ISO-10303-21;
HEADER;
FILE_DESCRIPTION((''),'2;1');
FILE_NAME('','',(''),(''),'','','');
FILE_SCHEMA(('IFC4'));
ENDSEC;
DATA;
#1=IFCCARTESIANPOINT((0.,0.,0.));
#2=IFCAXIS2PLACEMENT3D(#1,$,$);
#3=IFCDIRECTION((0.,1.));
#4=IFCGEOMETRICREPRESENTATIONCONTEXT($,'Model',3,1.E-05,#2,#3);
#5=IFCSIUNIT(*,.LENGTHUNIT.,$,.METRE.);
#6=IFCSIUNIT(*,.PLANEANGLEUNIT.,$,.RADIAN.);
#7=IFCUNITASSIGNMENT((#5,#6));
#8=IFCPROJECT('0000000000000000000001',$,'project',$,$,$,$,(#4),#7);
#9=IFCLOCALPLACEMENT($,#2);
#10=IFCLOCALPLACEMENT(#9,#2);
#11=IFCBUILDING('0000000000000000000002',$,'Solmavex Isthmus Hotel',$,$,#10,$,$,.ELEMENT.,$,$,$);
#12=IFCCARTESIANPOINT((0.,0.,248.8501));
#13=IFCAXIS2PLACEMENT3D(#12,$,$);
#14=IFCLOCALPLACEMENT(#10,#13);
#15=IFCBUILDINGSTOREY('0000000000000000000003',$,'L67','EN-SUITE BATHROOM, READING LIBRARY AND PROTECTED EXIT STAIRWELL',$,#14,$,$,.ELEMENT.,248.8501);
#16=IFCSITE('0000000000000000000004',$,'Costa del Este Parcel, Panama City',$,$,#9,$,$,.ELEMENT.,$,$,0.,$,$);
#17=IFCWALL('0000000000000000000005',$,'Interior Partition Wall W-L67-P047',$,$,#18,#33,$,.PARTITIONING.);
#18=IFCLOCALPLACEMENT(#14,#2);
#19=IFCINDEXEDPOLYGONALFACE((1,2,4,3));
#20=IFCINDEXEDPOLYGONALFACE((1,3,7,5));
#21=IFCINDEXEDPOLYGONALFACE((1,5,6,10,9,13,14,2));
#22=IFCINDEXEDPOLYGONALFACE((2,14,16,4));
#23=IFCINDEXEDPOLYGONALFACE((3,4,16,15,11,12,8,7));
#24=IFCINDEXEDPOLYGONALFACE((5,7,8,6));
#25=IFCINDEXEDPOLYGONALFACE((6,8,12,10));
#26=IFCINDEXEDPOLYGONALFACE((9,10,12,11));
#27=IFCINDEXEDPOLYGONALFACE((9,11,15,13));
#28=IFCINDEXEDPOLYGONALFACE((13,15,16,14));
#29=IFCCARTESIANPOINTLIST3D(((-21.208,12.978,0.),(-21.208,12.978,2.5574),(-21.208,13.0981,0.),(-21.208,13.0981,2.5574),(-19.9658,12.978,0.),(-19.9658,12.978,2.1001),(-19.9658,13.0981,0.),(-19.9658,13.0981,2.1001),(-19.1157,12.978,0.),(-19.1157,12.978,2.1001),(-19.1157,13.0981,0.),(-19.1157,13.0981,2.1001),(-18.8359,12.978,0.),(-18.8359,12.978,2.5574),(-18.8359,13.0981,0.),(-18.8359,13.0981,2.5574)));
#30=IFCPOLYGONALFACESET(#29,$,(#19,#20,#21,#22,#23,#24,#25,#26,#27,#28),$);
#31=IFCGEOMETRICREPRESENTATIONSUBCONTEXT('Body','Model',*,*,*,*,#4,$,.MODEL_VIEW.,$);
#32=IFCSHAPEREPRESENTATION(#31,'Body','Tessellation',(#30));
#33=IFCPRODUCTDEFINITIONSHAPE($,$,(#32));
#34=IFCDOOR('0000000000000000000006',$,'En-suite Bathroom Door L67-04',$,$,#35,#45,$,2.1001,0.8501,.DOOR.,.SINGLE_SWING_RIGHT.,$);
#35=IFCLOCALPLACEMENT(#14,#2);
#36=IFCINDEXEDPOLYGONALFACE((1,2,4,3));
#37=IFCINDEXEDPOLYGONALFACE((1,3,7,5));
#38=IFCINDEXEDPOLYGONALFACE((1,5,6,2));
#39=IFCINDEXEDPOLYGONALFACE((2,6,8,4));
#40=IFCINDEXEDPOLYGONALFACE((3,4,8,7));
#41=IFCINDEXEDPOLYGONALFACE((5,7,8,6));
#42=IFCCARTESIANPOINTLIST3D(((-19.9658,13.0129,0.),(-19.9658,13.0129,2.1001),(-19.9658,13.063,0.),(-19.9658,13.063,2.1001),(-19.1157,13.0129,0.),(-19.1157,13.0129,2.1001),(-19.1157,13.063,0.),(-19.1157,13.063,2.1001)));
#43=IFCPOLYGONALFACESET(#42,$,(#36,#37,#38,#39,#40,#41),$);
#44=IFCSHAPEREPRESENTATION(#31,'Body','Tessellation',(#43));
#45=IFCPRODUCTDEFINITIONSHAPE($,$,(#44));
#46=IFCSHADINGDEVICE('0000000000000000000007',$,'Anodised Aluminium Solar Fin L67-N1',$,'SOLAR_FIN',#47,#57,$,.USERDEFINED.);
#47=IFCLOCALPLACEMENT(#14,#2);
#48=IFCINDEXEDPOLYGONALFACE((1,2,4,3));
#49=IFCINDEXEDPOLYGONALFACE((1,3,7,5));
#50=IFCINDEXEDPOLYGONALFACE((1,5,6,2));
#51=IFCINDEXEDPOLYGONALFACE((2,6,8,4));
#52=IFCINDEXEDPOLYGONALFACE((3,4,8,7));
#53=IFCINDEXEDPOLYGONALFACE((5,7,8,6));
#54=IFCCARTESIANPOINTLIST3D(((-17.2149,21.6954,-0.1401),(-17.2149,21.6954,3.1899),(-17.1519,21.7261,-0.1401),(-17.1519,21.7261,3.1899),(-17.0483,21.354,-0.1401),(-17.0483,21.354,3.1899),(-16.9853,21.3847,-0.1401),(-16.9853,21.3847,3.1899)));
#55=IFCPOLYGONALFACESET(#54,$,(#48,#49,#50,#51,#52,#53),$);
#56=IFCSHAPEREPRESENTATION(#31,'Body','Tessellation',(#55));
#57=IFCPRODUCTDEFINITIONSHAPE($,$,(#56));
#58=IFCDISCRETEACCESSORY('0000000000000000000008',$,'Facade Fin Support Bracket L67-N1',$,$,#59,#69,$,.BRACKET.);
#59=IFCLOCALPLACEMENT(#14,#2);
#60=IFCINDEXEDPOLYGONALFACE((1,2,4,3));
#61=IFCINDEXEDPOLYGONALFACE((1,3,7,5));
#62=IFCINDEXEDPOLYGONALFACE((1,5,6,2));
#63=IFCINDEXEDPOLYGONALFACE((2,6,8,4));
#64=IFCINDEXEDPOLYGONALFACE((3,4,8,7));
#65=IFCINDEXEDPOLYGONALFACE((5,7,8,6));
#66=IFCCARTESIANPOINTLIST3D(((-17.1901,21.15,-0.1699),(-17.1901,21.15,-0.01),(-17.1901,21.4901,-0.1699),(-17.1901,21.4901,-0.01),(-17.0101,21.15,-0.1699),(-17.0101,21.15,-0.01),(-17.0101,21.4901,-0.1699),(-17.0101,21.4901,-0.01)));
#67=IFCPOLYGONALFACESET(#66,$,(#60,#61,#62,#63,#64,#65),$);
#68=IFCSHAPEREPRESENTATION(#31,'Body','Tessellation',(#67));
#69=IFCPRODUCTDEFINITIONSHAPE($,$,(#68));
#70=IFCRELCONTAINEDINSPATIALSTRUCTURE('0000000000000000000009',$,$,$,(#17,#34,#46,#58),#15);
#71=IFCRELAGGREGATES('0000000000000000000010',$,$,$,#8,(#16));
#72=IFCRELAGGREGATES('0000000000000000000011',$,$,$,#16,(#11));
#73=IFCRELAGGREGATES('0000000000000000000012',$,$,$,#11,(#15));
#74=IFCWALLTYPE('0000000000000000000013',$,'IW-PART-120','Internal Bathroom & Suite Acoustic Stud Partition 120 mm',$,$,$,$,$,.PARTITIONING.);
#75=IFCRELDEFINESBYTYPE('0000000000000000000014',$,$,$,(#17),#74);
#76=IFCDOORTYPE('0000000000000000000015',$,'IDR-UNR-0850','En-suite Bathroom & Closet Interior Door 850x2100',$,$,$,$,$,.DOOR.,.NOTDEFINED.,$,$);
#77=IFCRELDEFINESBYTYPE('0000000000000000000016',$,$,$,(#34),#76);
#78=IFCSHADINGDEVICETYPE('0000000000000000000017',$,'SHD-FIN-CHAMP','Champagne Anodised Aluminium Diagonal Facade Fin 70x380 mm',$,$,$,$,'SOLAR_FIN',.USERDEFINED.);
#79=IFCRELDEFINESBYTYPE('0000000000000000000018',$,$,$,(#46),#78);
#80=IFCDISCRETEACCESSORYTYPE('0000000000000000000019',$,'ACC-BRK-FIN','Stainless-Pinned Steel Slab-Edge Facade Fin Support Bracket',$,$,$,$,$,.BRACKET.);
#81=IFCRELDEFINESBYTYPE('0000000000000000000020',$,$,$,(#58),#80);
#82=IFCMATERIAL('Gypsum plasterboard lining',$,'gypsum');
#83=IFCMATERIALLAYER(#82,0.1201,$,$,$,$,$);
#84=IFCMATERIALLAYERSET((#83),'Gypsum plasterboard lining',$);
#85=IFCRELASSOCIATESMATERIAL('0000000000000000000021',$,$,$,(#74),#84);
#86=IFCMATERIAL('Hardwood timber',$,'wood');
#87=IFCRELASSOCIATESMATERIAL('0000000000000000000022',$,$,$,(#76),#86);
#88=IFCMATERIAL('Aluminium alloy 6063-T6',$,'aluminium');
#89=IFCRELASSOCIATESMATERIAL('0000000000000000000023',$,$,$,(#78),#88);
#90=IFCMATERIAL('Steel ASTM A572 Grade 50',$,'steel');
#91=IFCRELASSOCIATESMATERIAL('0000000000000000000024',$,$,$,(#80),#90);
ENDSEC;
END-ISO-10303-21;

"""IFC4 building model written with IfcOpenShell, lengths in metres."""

from ifc_helpers import new_model, si_unit, direction, frame, frame_2d, origin, origin_2d, place, context, subcontext, project, spatial, rectangle, extrude, material, layer, layer_set, type_object, element, fill, save


model = new_model("IFC4")

# Units and contexts
model_context = context("Model", 3, precision=1e-05, world=origin(), true_north=direction((0.0, 1.0)))
body_context = subcontext(model_context, "Body", "Model", "MODEL_VIEW")
ifc_project = project(units=[si_unit("LENGTHUNIT", "METRE"), si_unit("PLANEANGLEUNIT", "RADIAN")], contexts=[model_context])

# Site, building, storey
site_placement = place(None, origin())
site = spatial("IfcSite", under=ifc_project, at=site_placement, Name="Costa del Este Parcel, Panama City", CompositionType="ELEMENT", RefElevation=0.0)
building_placement = place(site_placement, origin())
building = spatial("IfcBuilding", under=site, at=building_placement, Name="Solmavex Isthmus Hotel", CompositionType="ELEMENT")
storey_placement = place(building_placement, frame((0.0, 0.0, 248.8501)))
storey = spatial("IfcBuildingStorey", under=building, at=storey_placement, Name="L67", Description="EN-SUITE BATHROOM, READING LIBRARY AND PROTECTED EXIT STAIRWELL", CompositionType="ELEMENT", Elevation=248.8501)

# Shared definitions
ifc_material_1 = material(Name="Aluminium alloy 6063-T6", Category="aluminium")

# Shared definitions
ifc_material_2 = material(Name="Gypsum plasterboard lining", Category="gypsum")
ifc_material_3 = material(Name="Hardwood timber", Category="wood")

# Shared definitions
ifc_layer_1 = layer(ifc_material_2, 0.1201)
ifc_layer_set_1 = layer_set([ifc_layer_1], Name="Gypsum plasterboard lining")
wall_type_1 = type_object("IfcWallType", Name="IW-PART-120", Description="Internal Bathroom & Suite Acoustic Stud Partition 120 mm", PredefinedType="PARTITIONING", material=ifc_layer_set_1)

# Wall, opening, door
wall_1_placement = place(storey_placement, frame((-18.8359, 13.0381, 0.0), z_axis=(0.0, 0.0, 1.0), x_axis=(-1.0, 0.0, 0.0)))
wall_1 = element("IfcWall", 1, at=wall_1_placement, inside=storey, type_object=wall_type_1, Name="Interior Partition Wall W-L67-P047", PredefinedType="PARTITIONING", context=body_context, shape_type="SweptSolid", body=[
    extrude(rectangle(XDim=2.3721, YDim=0.1201, at=frame_2d((1.186, 0.0))), origin(), (0.0, 0.0, 1.0), 2.5574),
])
opening_1_placement = place(wall_1_placement, frame((0.2798, 0.0, 0.0)))
opening_1 = element("IfcOpeningElement", 2, at=opening_1_placement, cuts=wall_1, PredefinedType="OPENING", context=body_context, shape_type="SweptSolid", body=[
    extrude(rectangle(XDim=0.8501, YDim=2.1001, at=frame_2d((0.425, 1.05))), frame((0.0, 0.0701, 0.0), z_axis=(0.0, -1.0, 0.0), x_axis=(1.0, 0.0, 0.0)), (0.0, 0.0, 1.0), 0.1401),
])
door_type_1 = type_object("IfcDoorType", Name="IDR-UNR-0850", Description="En-suite Bathroom & Closet Interior Door 850x2100", OperationType="NOTDEFINED", PredefinedType="DOOR", material=ifc_material_3)
door_1_placement = place(opening_1_placement, frame((0.8501, 0.0, 0.0), z_axis=(0.0, 0.0, 1.0), x_axis=(-1.0, 0.0, 0.0)))
door_1 = element("IfcDoor", 3, at=door_1_placement, inside=storey, type_object=door_type_1, Name="En-suite Bathroom Door L67-04", OperationType="SINGLE_SWING_RIGHT", OverallHeight=2.1001, OverallWidth=0.8501, PredefinedType="DOOR", context=body_context, shape_type="SweptSolid", body=[
    extrude(rectangle(XDim=0.8501, YDim=2.1001, at=frame_2d((0.425, 1.05))), frame((0.0, 0.0249, 0.0), z_axis=(0.0, -1.0, 0.0), x_axis=(1.0, 0.0, 0.0)), (0.0, 0.0, 1.0), 0.05),
])
fill(opening_1, door_1)

# Shading device
shading_device_type = type_object("IfcShadingDeviceType", Name="SHD-FIN-CHAMP", Description="Champagne Anodised Aluminium Diagonal Facade Fin 70x380 mm", ElementType="SOLAR_FIN", PredefinedType="USERDEFINED", material=ifc_material_1)
shading_device_placement = place(storey_placement, frame((-17.1001, 21.54, -0.1401), z_axis=(0.0, 0.0, 1.0), x_axis=(-0.438371, 0.898794, 0.0)))
element("IfcShadingDevice", 4, at=shading_device_placement, inside=storey, type_object=shading_device_type, Name="Anodised Aluminium Solar Fin L67-N1", ObjectType="SOLAR_FIN", PredefinedType="USERDEFINED", context=body_context, shape_type="SweptSolid", body=[
    extrude(rectangle(XDim=0.3799, YDim=0.0701, at=origin_2d()), origin(), (0.0, 0.0, 1.0), 3.3301),
])

# Discrete accessory
ifc_material_4 = material(Name="Steel ASTM A572 Grade 50", Category="steel")
discrete_accessory_type = type_object("IfcDiscreteAccessoryType", Name="ACC-BRK-FIN", Description="Stainless-Pinned Steel Slab-Edge Facade Fin Support Bracket", PredefinedType="BRACKET", material=ifc_material_4)
discrete_accessory_placement = place(storey_placement, frame((-17.1001, 21.3201, -0.1699), z_axis=(0.0, 0.0, 1.0), x_axis=(0.0, 1.0, 0.0)))
element("IfcDiscreteAccessory", 5, at=discrete_accessory_placement, inside=storey, type_object=discrete_accessory_type, Name="Facade Fin Support Bracket L67-N1", PredefinedType="BRACKET", context=body_context, shape_type="SweptSolid", body=[
    extrude(rectangle(XDim=0.3401, YDim=0.1799, at=origin_2d()), origin(), (0.0, 0.0, 1.0), 0.1599),
])

save(model, "model.ifc")
